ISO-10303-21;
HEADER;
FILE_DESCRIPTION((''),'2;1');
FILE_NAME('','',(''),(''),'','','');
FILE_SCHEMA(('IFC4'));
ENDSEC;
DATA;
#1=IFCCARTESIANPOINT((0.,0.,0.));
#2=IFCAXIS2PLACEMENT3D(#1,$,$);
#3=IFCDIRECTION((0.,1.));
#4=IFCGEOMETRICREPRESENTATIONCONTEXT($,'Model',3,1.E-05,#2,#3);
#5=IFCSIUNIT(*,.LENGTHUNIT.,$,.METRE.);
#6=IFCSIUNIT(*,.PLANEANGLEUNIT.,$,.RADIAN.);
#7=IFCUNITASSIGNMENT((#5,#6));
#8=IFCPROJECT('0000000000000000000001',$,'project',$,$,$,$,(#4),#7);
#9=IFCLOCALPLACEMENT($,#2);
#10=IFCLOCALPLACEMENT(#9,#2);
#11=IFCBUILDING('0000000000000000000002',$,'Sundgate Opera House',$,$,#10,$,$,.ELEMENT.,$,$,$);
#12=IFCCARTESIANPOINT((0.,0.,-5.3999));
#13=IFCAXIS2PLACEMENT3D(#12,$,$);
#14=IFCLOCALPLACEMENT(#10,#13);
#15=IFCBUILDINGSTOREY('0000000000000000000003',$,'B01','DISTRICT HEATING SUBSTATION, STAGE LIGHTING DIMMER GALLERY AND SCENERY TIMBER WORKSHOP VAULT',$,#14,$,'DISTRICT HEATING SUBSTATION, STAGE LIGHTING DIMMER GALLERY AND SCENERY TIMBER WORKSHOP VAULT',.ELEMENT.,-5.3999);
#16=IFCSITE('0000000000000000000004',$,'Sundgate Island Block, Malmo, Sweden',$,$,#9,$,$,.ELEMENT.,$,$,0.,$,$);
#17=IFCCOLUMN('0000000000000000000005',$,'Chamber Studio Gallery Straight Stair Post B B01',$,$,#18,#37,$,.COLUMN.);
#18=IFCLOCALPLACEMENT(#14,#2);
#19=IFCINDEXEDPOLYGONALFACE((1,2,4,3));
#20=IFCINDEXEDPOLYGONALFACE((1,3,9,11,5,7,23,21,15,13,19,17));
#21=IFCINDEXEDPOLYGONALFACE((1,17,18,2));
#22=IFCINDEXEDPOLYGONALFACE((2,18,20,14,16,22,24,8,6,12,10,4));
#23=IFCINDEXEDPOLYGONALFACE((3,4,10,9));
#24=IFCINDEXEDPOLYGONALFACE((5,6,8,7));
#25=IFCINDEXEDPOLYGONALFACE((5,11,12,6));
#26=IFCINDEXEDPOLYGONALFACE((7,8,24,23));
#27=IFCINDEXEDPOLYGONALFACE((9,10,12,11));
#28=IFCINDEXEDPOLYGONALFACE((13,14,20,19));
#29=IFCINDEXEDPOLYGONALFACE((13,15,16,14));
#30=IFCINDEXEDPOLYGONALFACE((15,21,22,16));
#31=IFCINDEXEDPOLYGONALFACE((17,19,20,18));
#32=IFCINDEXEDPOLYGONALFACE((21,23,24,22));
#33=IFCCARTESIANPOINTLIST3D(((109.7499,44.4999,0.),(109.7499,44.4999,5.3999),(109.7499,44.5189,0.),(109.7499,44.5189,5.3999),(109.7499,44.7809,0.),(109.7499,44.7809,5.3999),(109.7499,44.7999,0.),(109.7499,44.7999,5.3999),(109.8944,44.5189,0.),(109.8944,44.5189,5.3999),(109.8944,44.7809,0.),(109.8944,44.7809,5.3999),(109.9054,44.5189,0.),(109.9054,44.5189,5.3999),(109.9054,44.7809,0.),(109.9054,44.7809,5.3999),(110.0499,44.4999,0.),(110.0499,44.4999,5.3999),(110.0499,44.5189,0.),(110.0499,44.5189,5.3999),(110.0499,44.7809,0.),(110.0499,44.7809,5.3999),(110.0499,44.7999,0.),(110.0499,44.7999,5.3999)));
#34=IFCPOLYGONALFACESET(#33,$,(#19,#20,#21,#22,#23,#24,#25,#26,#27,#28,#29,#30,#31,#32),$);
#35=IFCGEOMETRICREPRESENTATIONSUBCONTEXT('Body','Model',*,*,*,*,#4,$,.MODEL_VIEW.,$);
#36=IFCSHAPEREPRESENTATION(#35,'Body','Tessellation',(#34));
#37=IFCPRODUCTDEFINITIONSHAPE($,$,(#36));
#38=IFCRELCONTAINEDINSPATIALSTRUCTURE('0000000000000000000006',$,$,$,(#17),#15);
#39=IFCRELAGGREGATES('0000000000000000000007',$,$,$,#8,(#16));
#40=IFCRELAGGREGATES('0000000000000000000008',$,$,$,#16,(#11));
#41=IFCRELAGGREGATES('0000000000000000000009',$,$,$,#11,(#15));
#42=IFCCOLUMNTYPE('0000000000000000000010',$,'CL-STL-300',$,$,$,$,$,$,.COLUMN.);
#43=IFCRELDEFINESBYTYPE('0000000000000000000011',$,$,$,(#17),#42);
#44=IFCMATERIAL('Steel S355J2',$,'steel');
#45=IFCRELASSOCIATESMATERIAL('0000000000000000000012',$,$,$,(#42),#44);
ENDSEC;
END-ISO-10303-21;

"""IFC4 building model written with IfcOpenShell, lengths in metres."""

from ifc_helpers import new_model, si_unit, direction, frame, origin, origin_2d, place, context, subcontext, project, spatial, i_section, extrude, material, material_profile, profile_set, type_object, element, save


model = new_model("IFC4")

# Units and contexts
model_context = context("Model", 3, precision=1e-05, world=origin(), true_north=direction((0.0, 1.0)))
body_context = subcontext(model_context, "Body", "Model", "MODEL_VIEW")
ifc_project = project(units=[si_unit("LENGTHUNIT", "METRE"), si_unit("PLANEANGLEUNIT", "RADIAN")], contexts=[model_context])

# Site, building, storey
site_placement = place(None, origin())
site = spatial("IfcSite", under=ifc_project, at=site_placement, Name="Sundgate Island Block, Malmo, Sweden", CompositionType="ELEMENT", RefElevation=0.0)
building_placement = place(site_placement, origin())
building = spatial("IfcBuilding", under=site, at=building_placement, Name="Sundgate Opera House", CompositionType="ELEMENT")
storey_placement = place(building_placement, frame((0.0, 0.0, -5.3999)))
storey = spatial("IfcBuildingStorey", under=building, at=storey_placement, Name="B01", Description="DISTRICT HEATING SUBSTATION, STAGE LIGHTING DIMMER GALLERY AND SCENERY TIMBER WORKSHOP VAULT", LongName="DISTRICT HEATING SUBSTATION, STAGE LIGHTING DIMMER GALLERY AND SCENERY TIMBER WORKSHOP VAULT", CompositionType="ELEMENT", Elevation=-5.3999)

# Column
ifc_material_1 = material(Name="Steel S355J2", Category="steel")
ifc_material_profile_1 = material_profile(ifc_material_1, i_section(OverallWidth=0.3, OverallDepth=0.3, WebThickness=0.011, FlangeThickness=0.019, at=origin_2d()), Name="HEB 300")
ifc_profile_set_1 = profile_set([ifc_material_profile_1], Name="Steel S355J2")
column_type_1 = type_object("IfcColumnType", Name="CL-STL-300", PredefinedType="COLUMN", material=ifc_profile_set_1)
for number, where, z_axis, x_axis, name in (
    (1, (109.8999, 44.6499, 0.0), (0.0, 0.0, 1.0), (1.0, 0.0, 0.0), "Chamber Studio Gallery Straight Stair Post B B01"),
):
    element("IfcColumn", number, at=place(storey_placement, frame(where, z_axis=z_axis, x_axis=x_axis)), inside=storey, type_object=column_type_1, Name=name, PredefinedType="COLUMN", context=body_context, shape_type="SweptSolid", body=[
        extrude(i_section(OverallWidth=0.3, OverallDepth=0.3, WebThickness=0.011, FlangeThickness=0.019, at=origin_2d()), origin(), (0.0, 0.0, 1.0), 5.3999),
    ])

save(model, "model.ifc")
